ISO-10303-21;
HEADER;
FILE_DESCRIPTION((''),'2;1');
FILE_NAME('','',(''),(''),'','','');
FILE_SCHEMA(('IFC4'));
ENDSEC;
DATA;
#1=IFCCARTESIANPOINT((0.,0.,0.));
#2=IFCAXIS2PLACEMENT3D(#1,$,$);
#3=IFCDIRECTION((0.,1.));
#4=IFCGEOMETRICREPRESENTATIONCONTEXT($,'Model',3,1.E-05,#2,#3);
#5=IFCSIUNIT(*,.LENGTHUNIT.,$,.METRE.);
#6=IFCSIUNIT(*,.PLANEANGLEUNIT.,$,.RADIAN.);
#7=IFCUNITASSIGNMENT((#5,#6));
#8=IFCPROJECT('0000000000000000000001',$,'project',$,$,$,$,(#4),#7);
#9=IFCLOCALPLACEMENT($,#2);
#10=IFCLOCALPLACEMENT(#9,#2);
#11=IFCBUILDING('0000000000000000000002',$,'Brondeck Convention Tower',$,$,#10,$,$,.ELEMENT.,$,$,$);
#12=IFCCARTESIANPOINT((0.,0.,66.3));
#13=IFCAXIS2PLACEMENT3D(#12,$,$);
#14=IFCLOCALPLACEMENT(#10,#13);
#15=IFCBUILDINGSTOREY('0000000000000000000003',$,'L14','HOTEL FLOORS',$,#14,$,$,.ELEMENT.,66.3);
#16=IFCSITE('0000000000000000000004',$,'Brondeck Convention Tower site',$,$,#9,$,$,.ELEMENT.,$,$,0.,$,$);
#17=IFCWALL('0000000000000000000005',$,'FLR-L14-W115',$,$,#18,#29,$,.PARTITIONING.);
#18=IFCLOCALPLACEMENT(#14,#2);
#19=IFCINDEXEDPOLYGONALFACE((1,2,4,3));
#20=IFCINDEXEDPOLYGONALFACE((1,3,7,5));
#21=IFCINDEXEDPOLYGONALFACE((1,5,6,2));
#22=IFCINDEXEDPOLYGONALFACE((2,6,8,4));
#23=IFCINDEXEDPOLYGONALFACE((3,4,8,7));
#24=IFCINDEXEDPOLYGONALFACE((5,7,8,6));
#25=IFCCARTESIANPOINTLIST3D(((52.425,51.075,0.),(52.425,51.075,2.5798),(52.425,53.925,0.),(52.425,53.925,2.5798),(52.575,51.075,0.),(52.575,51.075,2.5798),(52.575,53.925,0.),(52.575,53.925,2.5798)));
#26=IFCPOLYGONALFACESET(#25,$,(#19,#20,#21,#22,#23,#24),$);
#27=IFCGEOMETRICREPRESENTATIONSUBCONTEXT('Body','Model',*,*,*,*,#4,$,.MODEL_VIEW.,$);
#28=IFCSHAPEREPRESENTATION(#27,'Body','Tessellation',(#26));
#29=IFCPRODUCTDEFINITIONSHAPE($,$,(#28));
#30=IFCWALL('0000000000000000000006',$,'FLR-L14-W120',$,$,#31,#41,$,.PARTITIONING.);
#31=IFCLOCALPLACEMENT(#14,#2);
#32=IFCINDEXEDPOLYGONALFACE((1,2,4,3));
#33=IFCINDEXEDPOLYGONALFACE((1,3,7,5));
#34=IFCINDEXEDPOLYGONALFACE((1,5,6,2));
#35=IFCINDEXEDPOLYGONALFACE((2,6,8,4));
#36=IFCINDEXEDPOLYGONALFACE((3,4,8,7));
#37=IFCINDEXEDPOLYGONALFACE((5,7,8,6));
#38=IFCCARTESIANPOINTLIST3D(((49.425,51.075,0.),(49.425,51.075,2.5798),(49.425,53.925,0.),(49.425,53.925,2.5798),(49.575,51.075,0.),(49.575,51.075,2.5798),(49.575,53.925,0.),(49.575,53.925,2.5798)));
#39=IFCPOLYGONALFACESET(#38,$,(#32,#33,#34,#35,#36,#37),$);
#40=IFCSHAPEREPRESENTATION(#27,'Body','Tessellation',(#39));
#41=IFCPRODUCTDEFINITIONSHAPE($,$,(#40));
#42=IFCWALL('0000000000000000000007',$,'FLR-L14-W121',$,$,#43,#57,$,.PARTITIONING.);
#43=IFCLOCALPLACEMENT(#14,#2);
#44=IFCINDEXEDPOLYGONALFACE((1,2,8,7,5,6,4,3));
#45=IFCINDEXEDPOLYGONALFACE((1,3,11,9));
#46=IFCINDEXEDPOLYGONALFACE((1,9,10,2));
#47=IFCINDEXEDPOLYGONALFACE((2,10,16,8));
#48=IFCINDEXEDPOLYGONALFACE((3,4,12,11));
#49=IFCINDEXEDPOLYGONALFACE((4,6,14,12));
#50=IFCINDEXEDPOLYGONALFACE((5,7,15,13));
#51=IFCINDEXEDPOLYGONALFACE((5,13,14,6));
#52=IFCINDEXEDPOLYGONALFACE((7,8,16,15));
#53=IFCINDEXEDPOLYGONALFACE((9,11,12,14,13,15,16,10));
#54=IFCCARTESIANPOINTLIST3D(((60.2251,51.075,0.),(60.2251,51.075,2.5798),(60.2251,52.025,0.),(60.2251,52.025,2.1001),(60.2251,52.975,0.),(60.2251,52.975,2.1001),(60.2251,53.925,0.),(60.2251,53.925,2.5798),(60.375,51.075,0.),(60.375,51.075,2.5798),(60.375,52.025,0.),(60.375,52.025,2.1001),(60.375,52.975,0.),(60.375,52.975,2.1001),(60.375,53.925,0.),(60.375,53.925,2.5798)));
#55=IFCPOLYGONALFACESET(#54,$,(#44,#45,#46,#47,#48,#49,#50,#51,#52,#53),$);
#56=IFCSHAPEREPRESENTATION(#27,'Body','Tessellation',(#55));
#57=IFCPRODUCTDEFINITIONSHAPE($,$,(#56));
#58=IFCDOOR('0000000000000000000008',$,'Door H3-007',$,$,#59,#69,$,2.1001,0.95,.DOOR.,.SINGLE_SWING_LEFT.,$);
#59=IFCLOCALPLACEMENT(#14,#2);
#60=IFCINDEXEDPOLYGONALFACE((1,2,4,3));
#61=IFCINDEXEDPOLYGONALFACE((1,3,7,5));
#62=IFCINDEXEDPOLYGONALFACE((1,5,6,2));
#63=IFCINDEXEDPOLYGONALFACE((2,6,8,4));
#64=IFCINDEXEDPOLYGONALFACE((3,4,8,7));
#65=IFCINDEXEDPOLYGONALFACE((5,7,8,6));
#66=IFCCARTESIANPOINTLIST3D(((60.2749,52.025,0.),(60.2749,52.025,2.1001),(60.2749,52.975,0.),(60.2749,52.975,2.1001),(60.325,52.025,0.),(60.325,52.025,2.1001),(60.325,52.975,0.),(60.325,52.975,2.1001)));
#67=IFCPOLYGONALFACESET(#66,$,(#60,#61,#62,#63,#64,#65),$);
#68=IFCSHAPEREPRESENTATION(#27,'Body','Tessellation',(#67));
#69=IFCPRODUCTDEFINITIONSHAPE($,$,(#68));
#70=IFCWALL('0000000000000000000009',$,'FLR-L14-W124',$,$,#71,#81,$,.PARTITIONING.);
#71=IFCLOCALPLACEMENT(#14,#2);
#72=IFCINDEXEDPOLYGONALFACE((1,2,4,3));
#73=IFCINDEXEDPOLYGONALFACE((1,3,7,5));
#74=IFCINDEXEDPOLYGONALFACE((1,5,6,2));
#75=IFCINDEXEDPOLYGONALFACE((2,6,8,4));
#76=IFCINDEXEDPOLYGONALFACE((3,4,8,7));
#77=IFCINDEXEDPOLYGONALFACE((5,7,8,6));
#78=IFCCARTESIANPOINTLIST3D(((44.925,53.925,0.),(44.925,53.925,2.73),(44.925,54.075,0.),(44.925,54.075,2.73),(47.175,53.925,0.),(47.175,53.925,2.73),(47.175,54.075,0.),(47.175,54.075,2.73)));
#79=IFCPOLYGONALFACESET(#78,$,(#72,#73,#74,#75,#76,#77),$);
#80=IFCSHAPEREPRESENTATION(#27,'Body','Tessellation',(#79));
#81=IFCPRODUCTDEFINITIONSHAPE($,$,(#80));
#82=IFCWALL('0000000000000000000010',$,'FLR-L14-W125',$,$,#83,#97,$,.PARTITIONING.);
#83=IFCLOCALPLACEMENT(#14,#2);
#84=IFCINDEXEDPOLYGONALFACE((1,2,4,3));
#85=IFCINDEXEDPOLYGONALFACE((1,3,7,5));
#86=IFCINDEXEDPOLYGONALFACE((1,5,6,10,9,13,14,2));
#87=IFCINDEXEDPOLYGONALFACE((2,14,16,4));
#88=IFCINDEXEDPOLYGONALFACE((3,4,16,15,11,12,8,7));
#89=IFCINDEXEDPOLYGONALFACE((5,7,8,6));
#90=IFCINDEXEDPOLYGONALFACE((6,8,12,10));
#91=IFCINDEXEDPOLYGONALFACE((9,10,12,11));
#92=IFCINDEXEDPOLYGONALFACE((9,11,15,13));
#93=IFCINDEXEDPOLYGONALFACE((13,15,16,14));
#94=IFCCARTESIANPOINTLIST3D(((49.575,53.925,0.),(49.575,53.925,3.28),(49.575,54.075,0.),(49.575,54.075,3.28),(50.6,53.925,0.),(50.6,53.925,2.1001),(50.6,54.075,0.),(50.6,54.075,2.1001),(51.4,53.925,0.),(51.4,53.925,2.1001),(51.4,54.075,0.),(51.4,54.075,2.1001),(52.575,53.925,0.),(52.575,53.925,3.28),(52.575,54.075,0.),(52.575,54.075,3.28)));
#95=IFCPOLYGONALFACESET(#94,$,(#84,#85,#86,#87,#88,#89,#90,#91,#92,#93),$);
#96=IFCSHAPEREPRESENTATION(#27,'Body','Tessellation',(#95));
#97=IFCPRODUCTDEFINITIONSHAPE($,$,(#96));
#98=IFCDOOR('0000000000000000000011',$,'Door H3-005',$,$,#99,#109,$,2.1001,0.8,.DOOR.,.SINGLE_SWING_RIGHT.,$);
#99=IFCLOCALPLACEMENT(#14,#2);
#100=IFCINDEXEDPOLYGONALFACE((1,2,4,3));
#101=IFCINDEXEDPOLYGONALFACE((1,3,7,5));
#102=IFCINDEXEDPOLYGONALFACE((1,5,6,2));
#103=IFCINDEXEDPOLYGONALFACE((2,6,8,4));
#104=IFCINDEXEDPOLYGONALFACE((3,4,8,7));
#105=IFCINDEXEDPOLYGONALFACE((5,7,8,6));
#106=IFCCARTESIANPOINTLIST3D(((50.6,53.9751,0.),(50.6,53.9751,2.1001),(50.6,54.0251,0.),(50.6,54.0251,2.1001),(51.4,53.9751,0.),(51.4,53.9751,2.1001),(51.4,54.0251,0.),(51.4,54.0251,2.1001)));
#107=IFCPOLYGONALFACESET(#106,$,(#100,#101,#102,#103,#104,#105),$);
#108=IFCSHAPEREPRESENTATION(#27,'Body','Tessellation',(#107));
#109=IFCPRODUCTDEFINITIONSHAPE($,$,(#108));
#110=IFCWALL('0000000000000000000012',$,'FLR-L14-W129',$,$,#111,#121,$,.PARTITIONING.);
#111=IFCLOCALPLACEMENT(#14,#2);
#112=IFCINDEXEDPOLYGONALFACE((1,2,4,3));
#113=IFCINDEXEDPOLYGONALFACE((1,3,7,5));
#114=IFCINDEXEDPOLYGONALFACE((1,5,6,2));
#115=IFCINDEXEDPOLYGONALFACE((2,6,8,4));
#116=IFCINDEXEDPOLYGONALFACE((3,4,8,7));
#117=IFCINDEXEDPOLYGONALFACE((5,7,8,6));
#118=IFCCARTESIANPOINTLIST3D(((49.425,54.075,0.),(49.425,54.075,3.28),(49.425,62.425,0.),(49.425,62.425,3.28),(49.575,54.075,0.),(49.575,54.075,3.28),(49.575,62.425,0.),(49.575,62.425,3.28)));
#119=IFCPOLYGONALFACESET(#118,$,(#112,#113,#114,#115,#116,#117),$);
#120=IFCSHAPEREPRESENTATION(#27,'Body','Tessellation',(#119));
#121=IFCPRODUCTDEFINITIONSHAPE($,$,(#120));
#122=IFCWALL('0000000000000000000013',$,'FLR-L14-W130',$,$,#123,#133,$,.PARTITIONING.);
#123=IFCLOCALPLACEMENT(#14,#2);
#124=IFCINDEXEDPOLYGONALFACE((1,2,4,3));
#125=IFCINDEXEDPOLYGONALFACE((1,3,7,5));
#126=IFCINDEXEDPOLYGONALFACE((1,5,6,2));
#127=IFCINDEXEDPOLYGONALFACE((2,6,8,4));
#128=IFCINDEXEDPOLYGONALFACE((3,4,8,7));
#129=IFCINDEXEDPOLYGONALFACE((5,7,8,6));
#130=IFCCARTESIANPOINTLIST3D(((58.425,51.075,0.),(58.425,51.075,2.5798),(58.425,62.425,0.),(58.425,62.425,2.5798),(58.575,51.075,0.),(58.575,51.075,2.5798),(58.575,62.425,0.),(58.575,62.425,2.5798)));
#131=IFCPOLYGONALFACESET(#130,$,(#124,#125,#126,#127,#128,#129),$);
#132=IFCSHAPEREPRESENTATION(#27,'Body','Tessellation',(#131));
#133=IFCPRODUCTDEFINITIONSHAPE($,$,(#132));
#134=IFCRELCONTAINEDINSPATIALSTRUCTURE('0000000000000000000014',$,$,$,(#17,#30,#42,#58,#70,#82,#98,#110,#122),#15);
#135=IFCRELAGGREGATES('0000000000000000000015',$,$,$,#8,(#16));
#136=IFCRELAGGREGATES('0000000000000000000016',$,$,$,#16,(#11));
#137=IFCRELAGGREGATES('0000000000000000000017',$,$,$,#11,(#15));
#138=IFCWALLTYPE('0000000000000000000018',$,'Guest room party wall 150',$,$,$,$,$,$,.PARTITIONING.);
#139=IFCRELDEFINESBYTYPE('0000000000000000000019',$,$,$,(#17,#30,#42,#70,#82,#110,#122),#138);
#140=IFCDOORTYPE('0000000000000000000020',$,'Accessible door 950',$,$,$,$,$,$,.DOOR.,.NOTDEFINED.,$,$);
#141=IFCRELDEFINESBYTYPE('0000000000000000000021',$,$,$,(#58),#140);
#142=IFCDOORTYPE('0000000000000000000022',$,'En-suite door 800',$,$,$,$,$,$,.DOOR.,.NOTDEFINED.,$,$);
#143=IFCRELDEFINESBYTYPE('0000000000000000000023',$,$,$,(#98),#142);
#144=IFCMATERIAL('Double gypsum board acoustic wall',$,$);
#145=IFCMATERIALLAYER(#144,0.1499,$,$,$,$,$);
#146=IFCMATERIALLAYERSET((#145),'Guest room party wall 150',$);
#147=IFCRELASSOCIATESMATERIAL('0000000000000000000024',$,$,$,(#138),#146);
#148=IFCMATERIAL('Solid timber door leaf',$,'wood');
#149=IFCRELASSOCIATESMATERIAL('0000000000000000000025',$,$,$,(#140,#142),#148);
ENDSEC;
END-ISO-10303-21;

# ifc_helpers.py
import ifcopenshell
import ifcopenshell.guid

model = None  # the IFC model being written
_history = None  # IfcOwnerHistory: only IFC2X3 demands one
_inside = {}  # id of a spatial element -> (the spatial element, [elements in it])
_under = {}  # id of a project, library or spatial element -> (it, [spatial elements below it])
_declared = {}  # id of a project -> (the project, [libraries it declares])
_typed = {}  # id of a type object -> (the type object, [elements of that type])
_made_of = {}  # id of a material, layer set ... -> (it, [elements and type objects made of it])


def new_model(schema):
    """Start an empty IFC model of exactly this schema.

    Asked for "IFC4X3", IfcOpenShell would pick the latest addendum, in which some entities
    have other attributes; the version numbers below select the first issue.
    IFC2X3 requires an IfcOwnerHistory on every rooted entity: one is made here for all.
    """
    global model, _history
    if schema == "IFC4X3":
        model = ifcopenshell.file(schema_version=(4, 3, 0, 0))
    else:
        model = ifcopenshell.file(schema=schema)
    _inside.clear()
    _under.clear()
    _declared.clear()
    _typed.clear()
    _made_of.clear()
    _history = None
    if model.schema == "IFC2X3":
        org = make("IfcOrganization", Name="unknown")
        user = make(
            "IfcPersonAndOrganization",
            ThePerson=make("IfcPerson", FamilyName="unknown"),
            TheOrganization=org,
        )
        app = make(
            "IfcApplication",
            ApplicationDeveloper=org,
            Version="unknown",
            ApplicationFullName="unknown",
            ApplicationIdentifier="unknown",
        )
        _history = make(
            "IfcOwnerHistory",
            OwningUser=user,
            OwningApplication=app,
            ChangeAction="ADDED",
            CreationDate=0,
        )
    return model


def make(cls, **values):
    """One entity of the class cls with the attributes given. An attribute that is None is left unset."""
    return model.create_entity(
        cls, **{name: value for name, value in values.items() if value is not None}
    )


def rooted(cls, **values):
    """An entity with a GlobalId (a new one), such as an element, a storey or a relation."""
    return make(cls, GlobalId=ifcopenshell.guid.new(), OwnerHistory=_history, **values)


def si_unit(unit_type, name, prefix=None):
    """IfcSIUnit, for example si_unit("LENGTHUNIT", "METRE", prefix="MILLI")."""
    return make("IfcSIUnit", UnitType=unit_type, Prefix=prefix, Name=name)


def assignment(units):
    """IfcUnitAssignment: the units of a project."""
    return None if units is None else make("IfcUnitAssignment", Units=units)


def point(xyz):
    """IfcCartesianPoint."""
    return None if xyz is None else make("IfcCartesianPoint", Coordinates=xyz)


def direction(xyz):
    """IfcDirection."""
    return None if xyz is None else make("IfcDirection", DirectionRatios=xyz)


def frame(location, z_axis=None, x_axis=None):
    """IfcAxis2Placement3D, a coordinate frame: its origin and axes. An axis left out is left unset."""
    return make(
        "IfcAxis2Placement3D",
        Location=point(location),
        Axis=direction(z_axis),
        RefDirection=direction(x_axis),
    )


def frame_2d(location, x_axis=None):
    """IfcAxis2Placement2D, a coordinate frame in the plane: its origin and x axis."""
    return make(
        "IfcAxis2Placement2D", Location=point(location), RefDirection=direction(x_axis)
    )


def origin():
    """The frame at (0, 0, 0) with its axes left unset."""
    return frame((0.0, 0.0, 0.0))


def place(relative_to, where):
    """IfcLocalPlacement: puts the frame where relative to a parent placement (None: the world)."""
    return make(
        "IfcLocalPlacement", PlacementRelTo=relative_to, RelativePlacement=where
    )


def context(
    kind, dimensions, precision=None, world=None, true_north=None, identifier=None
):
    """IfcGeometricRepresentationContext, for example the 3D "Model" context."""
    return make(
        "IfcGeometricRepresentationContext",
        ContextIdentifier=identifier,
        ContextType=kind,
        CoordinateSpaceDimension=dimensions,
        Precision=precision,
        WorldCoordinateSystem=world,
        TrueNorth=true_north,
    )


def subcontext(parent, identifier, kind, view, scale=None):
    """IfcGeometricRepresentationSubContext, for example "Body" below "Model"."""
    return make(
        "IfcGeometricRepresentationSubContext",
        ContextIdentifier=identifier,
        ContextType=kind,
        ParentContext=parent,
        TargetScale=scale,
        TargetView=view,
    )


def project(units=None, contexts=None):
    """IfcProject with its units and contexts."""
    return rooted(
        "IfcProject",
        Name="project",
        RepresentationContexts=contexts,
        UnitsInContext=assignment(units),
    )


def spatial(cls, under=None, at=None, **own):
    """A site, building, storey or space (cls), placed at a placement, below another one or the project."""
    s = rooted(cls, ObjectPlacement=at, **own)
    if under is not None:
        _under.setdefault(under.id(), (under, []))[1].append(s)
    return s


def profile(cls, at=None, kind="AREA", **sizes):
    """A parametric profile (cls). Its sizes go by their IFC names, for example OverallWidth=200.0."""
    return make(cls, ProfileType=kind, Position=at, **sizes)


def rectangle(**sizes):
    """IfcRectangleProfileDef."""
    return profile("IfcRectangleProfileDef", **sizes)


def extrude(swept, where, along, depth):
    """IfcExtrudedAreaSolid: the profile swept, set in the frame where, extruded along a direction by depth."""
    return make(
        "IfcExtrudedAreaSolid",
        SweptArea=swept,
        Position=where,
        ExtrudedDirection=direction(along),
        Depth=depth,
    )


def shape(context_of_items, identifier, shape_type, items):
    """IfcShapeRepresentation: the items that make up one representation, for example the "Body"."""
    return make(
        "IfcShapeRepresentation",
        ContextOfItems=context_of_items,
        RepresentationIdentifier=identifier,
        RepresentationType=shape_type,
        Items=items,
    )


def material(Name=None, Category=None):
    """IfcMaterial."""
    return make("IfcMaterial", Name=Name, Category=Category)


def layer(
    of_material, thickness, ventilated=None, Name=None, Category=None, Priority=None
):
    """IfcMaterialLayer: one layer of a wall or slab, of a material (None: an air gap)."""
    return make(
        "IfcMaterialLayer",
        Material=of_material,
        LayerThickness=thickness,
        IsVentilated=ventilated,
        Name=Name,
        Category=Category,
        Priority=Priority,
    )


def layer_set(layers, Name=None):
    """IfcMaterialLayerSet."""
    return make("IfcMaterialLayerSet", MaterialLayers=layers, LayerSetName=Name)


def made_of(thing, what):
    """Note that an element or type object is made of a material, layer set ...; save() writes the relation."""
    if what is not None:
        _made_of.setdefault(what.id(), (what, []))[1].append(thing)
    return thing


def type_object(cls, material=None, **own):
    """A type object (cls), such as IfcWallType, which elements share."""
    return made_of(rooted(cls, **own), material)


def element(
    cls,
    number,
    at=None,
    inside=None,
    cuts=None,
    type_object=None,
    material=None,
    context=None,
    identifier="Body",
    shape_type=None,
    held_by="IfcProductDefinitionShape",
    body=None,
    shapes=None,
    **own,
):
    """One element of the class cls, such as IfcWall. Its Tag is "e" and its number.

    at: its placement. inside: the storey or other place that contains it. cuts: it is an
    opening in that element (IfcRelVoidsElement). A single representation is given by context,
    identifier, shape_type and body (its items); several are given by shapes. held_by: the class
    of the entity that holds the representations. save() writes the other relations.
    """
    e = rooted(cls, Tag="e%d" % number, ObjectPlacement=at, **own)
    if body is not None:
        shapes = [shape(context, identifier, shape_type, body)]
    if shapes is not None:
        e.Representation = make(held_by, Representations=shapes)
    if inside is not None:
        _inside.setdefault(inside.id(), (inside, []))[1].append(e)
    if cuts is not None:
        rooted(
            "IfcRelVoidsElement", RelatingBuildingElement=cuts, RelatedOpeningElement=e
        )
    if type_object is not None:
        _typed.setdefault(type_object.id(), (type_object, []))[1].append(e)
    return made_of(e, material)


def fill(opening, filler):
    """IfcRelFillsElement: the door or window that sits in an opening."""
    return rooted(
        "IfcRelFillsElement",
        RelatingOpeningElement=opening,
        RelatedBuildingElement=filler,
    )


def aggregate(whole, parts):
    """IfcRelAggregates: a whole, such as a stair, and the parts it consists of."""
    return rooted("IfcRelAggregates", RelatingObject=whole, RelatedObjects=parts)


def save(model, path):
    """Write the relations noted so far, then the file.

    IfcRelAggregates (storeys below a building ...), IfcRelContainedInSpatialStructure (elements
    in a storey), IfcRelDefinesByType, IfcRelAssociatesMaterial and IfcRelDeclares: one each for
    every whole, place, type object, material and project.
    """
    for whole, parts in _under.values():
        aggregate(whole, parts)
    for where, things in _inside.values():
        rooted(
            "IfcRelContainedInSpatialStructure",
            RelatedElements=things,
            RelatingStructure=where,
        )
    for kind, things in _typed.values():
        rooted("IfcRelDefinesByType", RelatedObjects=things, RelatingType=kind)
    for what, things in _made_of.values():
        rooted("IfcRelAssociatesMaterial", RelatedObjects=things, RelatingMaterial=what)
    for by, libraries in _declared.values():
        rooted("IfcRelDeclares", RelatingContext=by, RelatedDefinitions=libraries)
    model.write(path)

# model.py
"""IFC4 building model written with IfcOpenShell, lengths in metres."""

from ifc_helpers import new_model, si_unit, direction, frame, frame_2d, origin, place, context, subcontext, project, spatial, rectangle, extrude, material, layer, layer_set, type_object, element, fill, save


model = new_model("IFC4")

# Units and contexts
model_context = context("Model", 3, precision=1e-05, world=origin(), true_north=direction((0.0, 1.0)))
body_context = subcontext(model_context, "Body", "Model", "MODEL_VIEW")
ifc_project = project(units=[si_unit("LENGTHUNIT", "METRE"), si_unit("PLANEANGLEUNIT", "RADIAN")], contexts=[model_context])

# Site, building, storey
site_placement = place(None, origin())
site = spatial("IfcSite", under=ifc_project, at=site_placement, Name="Brondeck Convention Tower site", CompositionType="ELEMENT", RefElevation=0.0)
building_placement = place(site_placement, origin())
building = spatial("IfcBuilding", under=site, at=building_placement, Name="Brondeck Convention Tower", CompositionType="ELEMENT")
storey_placement = place(building_placement, frame((0.0, 0.0, 66.3)))
storey = spatial("IfcBuildingStorey", under=building, at=storey_placement, Name="L14", Description="HOTEL FLOORS", CompositionType="ELEMENT", Elevation=66.3)

# Walls
ifc_material_1 = material(Name="Double gypsum board acoustic wall")
ifc_layer_1 = layer(ifc_material_1, 0.1499)
ifc_layer_set_1 = layer_set([ifc_layer_1], Name="Guest room party wall 150")
wall_type_1 = type_object("IfcWallType", Name="Guest room party wall 150", PredefinedType="PARTITIONING", material=ifc_layer_set_1)
for number, where, z_axis, x_axis, name in (
    (1, (52.5, 51.075, 0.0), (0.0, 0.0, 1.0), (0.0, 1.0, 0.0), "FLR-L14-W115"),
    (2, (49.5, 53.925, 0.0), (0.0, 0.0, 1.0), (0.0, -1.0, 0.0), "FLR-L14-W120"),
):
    element("IfcWall", number, at=place(storey_placement, frame(where, z_axis=z_axis, x_axis=x_axis)), inside=storey, type_object=wall_type_1, Name=name, PredefinedType="PARTITIONING", context=body_context, shape_type="SweptSolid", body=[
        extrude(rectangle(XDim=2.8501, YDim=0.1499, at=frame_2d((1.425, 0.0))), origin(), (0.0, 0.0, 1.0), 2.5798),
    ])

# Wall, opening, door
wall_1_placement = place(storey_placement, frame((60.3, 53.925, 0.0), z_axis=(0.0, 0.0, 1.0), x_axis=(0.0, -1.0, 0.0)))
wall_1 = element("IfcWall", 3, at=wall_1_placement, inside=storey, type_object=wall_type_1, Name="FLR-L14-W121", PredefinedType="PARTITIONING", context=body_context, shape_type="SweptSolid", body=[
    extrude(rectangle(XDim=2.8501, YDim=0.1499, at=frame_2d((1.425, 0.0))), origin(), (0.0, 0.0, 1.0), 2.5798),
])
opening_1_placement = place(wall_1_placement, frame((0.95, 0.0, 0.0)))
opening_1 = element("IfcOpeningElement", 4, at=opening_1_placement, cuts=wall_1, PredefinedType="OPENING", context=body_context, shape_type="SweptSolid", body=[
    extrude(rectangle(XDim=0.95, YDim=2.1001, at=frame_2d((0.4751, 1.05))), frame((0.0, 0.085, 0.0), z_axis=(0.0, -1.0, 0.0), x_axis=(1.0, 0.0, 0.0)), (0.0, 0.0, 1.0), 0.1699),
])
ifc_material_2 = material(Name="Solid timber door leaf", Category="wood")
door_type_1 = type_object("IfcDoorType", Name="Accessible door 950", OperationType="NOTDEFINED", PredefinedType="DOOR", material=ifc_material_2)
door_1_placement = place(opening_1_placement, origin())
door_1 = element("IfcDoor", 5, at=door_1_placement, inside=storey, type_object=door_type_1, Name="Door H3-007", OperationType="SINGLE_SWING_LEFT", OverallHeight=2.1001, OverallWidth=0.95, PredefinedType="DOOR", context=body_context, shape_type="SweptSolid", body=[
    extrude(rectangle(XDim=0.95, YDim=2.1001, at=frame_2d((0.4751, 1.05))), frame((0.0, 0.0249, 0.0), z_axis=(0.0, -1.0, 0.0), x_axis=(1.0, 0.0, 0.0)), (0.0, 0.0, 1.0), 0.05),
])
fill(opening_1, door_1)

# Wall
wall_2_placement = place(storey_placement, frame((47.175, 54.0, 0.0), z_axis=(0.0, 0.0, 1.0), x_axis=(-1.0, 0.0, 0.0)))
element("IfcWall", 6, at=wall_2_placement, inside=storey, type_object=wall_type_1, Name="FLR-L14-W124", PredefinedType="PARTITIONING", context=body_context, shape_type="SweptSolid", body=[
    extrude(rectangle(XDim=2.25, YDim=0.1499, at=frame_2d((1.125, 0.0))), origin(), (0.0, 0.0, 1.0), 2.73),
])

# Wall, opening, door
wall_3_placement = place(storey_placement, frame((52.575, 54.0, 0.0), z_axis=(0.0, 0.0, 1.0), x_axis=(-1.0, 0.0, 0.0)))
wall_3 = element("IfcWall", 7, at=wall_3_placement, inside=storey, type_object=wall_type_1, Name="FLR-L14-W125", PredefinedType="PARTITIONING", context=body_context, shape_type="SweptSolid", body=[
    extrude(rectangle(XDim=3.0, YDim=0.1499, at=frame_2d((1.5, 0.0))), origin(), (0.0, 0.0, 1.0), 3.28),
])
opening_2_placement = place(wall_3_placement, frame((1.175, 0.0, 0.0)))
opening_2 = element("IfcOpeningElement", 8, at=opening_2_placement, cuts=wall_3, PredefinedType="OPENING", context=body_context, shape_type="SweptSolid", body=[
    extrude(rectangle(XDim=0.8, YDim=2.1001, at=frame_2d((0.3999, 1.05))), frame((0.0, 0.085, 0.0), z_axis=(0.0, -1.0, 0.0), x_axis=(1.0, 0.0, 0.0)), (0.0, 0.0, 1.0), 0.1699),
])
door_type_2 = type_object("IfcDoorType", Name="En-suite door 800", OperationType="NOTDEFINED", PredefinedType="DOOR", material=ifc_material_2)
door_2_placement = place(opening_2_placement, origin())
door_2 = element("IfcDoor", 9, at=door_2_placement, inside=storey, type_object=door_type_2, Name="Door H3-005", OperationType="SINGLE_SWING_RIGHT", OverallHeight=2.1001, OverallWidth=0.8, PredefinedType="DOOR", context=body_context, shape_type="SweptSolid", body=[
    extrude(rectangle(XDim=0.8, YDim=2.1001, at=frame_2d((0.3999, 1.05))), frame((0.0, 0.0249, 0.0), z_axis=(0.0, -1.0, 0.0), x_axis=(1.0, 0.0, 0.0)), (0.0, 0.0, 1.0), 0.05),
])
fill(opening_2, door_2)

# Walls
wall_4_placement = place(storey_placement, frame((49.5, 62.425, 0.0), z_axis=(0.0, 0.0, 1.0), x_axis=(0.0, -1.0, 0.0)))
element("IfcWall", 10, at=wall_4_placement, inside=storey, type_object=wall_type_1, Name="FLR-L14-W129", PredefinedType="PARTITIONING", context=body_context, shape_type="SweptSolid", body=[
    extrude(rectangle(XDim=8.3501, YDim=0.1499, at=frame_2d((4.175, 0.0))), origin(), (0.0, 0.0, 1.0), 3.28),
])
wall_5_placement = place(storey_placement, frame((58.5, 62.425, 0.0), z_axis=(0.0, 0.0, 1.0), x_axis=(0.0, -1.0, 0.0)))
element("IfcWall", 11, at=wall_5_placement, inside=storey, type_object=wall_type_1, Name="FLR-L14-W130", PredefinedType="PARTITIONING", context=body_context, shape_type="SweptSolid", body=[
    extrude(rectangle(XDim=11.3501, YDim=0.1499, at=frame_2d((5.675, 0.0))), origin(), (0.0, 0.0, 1.0), 2.5798),
])

save(model, "model.ifc")
